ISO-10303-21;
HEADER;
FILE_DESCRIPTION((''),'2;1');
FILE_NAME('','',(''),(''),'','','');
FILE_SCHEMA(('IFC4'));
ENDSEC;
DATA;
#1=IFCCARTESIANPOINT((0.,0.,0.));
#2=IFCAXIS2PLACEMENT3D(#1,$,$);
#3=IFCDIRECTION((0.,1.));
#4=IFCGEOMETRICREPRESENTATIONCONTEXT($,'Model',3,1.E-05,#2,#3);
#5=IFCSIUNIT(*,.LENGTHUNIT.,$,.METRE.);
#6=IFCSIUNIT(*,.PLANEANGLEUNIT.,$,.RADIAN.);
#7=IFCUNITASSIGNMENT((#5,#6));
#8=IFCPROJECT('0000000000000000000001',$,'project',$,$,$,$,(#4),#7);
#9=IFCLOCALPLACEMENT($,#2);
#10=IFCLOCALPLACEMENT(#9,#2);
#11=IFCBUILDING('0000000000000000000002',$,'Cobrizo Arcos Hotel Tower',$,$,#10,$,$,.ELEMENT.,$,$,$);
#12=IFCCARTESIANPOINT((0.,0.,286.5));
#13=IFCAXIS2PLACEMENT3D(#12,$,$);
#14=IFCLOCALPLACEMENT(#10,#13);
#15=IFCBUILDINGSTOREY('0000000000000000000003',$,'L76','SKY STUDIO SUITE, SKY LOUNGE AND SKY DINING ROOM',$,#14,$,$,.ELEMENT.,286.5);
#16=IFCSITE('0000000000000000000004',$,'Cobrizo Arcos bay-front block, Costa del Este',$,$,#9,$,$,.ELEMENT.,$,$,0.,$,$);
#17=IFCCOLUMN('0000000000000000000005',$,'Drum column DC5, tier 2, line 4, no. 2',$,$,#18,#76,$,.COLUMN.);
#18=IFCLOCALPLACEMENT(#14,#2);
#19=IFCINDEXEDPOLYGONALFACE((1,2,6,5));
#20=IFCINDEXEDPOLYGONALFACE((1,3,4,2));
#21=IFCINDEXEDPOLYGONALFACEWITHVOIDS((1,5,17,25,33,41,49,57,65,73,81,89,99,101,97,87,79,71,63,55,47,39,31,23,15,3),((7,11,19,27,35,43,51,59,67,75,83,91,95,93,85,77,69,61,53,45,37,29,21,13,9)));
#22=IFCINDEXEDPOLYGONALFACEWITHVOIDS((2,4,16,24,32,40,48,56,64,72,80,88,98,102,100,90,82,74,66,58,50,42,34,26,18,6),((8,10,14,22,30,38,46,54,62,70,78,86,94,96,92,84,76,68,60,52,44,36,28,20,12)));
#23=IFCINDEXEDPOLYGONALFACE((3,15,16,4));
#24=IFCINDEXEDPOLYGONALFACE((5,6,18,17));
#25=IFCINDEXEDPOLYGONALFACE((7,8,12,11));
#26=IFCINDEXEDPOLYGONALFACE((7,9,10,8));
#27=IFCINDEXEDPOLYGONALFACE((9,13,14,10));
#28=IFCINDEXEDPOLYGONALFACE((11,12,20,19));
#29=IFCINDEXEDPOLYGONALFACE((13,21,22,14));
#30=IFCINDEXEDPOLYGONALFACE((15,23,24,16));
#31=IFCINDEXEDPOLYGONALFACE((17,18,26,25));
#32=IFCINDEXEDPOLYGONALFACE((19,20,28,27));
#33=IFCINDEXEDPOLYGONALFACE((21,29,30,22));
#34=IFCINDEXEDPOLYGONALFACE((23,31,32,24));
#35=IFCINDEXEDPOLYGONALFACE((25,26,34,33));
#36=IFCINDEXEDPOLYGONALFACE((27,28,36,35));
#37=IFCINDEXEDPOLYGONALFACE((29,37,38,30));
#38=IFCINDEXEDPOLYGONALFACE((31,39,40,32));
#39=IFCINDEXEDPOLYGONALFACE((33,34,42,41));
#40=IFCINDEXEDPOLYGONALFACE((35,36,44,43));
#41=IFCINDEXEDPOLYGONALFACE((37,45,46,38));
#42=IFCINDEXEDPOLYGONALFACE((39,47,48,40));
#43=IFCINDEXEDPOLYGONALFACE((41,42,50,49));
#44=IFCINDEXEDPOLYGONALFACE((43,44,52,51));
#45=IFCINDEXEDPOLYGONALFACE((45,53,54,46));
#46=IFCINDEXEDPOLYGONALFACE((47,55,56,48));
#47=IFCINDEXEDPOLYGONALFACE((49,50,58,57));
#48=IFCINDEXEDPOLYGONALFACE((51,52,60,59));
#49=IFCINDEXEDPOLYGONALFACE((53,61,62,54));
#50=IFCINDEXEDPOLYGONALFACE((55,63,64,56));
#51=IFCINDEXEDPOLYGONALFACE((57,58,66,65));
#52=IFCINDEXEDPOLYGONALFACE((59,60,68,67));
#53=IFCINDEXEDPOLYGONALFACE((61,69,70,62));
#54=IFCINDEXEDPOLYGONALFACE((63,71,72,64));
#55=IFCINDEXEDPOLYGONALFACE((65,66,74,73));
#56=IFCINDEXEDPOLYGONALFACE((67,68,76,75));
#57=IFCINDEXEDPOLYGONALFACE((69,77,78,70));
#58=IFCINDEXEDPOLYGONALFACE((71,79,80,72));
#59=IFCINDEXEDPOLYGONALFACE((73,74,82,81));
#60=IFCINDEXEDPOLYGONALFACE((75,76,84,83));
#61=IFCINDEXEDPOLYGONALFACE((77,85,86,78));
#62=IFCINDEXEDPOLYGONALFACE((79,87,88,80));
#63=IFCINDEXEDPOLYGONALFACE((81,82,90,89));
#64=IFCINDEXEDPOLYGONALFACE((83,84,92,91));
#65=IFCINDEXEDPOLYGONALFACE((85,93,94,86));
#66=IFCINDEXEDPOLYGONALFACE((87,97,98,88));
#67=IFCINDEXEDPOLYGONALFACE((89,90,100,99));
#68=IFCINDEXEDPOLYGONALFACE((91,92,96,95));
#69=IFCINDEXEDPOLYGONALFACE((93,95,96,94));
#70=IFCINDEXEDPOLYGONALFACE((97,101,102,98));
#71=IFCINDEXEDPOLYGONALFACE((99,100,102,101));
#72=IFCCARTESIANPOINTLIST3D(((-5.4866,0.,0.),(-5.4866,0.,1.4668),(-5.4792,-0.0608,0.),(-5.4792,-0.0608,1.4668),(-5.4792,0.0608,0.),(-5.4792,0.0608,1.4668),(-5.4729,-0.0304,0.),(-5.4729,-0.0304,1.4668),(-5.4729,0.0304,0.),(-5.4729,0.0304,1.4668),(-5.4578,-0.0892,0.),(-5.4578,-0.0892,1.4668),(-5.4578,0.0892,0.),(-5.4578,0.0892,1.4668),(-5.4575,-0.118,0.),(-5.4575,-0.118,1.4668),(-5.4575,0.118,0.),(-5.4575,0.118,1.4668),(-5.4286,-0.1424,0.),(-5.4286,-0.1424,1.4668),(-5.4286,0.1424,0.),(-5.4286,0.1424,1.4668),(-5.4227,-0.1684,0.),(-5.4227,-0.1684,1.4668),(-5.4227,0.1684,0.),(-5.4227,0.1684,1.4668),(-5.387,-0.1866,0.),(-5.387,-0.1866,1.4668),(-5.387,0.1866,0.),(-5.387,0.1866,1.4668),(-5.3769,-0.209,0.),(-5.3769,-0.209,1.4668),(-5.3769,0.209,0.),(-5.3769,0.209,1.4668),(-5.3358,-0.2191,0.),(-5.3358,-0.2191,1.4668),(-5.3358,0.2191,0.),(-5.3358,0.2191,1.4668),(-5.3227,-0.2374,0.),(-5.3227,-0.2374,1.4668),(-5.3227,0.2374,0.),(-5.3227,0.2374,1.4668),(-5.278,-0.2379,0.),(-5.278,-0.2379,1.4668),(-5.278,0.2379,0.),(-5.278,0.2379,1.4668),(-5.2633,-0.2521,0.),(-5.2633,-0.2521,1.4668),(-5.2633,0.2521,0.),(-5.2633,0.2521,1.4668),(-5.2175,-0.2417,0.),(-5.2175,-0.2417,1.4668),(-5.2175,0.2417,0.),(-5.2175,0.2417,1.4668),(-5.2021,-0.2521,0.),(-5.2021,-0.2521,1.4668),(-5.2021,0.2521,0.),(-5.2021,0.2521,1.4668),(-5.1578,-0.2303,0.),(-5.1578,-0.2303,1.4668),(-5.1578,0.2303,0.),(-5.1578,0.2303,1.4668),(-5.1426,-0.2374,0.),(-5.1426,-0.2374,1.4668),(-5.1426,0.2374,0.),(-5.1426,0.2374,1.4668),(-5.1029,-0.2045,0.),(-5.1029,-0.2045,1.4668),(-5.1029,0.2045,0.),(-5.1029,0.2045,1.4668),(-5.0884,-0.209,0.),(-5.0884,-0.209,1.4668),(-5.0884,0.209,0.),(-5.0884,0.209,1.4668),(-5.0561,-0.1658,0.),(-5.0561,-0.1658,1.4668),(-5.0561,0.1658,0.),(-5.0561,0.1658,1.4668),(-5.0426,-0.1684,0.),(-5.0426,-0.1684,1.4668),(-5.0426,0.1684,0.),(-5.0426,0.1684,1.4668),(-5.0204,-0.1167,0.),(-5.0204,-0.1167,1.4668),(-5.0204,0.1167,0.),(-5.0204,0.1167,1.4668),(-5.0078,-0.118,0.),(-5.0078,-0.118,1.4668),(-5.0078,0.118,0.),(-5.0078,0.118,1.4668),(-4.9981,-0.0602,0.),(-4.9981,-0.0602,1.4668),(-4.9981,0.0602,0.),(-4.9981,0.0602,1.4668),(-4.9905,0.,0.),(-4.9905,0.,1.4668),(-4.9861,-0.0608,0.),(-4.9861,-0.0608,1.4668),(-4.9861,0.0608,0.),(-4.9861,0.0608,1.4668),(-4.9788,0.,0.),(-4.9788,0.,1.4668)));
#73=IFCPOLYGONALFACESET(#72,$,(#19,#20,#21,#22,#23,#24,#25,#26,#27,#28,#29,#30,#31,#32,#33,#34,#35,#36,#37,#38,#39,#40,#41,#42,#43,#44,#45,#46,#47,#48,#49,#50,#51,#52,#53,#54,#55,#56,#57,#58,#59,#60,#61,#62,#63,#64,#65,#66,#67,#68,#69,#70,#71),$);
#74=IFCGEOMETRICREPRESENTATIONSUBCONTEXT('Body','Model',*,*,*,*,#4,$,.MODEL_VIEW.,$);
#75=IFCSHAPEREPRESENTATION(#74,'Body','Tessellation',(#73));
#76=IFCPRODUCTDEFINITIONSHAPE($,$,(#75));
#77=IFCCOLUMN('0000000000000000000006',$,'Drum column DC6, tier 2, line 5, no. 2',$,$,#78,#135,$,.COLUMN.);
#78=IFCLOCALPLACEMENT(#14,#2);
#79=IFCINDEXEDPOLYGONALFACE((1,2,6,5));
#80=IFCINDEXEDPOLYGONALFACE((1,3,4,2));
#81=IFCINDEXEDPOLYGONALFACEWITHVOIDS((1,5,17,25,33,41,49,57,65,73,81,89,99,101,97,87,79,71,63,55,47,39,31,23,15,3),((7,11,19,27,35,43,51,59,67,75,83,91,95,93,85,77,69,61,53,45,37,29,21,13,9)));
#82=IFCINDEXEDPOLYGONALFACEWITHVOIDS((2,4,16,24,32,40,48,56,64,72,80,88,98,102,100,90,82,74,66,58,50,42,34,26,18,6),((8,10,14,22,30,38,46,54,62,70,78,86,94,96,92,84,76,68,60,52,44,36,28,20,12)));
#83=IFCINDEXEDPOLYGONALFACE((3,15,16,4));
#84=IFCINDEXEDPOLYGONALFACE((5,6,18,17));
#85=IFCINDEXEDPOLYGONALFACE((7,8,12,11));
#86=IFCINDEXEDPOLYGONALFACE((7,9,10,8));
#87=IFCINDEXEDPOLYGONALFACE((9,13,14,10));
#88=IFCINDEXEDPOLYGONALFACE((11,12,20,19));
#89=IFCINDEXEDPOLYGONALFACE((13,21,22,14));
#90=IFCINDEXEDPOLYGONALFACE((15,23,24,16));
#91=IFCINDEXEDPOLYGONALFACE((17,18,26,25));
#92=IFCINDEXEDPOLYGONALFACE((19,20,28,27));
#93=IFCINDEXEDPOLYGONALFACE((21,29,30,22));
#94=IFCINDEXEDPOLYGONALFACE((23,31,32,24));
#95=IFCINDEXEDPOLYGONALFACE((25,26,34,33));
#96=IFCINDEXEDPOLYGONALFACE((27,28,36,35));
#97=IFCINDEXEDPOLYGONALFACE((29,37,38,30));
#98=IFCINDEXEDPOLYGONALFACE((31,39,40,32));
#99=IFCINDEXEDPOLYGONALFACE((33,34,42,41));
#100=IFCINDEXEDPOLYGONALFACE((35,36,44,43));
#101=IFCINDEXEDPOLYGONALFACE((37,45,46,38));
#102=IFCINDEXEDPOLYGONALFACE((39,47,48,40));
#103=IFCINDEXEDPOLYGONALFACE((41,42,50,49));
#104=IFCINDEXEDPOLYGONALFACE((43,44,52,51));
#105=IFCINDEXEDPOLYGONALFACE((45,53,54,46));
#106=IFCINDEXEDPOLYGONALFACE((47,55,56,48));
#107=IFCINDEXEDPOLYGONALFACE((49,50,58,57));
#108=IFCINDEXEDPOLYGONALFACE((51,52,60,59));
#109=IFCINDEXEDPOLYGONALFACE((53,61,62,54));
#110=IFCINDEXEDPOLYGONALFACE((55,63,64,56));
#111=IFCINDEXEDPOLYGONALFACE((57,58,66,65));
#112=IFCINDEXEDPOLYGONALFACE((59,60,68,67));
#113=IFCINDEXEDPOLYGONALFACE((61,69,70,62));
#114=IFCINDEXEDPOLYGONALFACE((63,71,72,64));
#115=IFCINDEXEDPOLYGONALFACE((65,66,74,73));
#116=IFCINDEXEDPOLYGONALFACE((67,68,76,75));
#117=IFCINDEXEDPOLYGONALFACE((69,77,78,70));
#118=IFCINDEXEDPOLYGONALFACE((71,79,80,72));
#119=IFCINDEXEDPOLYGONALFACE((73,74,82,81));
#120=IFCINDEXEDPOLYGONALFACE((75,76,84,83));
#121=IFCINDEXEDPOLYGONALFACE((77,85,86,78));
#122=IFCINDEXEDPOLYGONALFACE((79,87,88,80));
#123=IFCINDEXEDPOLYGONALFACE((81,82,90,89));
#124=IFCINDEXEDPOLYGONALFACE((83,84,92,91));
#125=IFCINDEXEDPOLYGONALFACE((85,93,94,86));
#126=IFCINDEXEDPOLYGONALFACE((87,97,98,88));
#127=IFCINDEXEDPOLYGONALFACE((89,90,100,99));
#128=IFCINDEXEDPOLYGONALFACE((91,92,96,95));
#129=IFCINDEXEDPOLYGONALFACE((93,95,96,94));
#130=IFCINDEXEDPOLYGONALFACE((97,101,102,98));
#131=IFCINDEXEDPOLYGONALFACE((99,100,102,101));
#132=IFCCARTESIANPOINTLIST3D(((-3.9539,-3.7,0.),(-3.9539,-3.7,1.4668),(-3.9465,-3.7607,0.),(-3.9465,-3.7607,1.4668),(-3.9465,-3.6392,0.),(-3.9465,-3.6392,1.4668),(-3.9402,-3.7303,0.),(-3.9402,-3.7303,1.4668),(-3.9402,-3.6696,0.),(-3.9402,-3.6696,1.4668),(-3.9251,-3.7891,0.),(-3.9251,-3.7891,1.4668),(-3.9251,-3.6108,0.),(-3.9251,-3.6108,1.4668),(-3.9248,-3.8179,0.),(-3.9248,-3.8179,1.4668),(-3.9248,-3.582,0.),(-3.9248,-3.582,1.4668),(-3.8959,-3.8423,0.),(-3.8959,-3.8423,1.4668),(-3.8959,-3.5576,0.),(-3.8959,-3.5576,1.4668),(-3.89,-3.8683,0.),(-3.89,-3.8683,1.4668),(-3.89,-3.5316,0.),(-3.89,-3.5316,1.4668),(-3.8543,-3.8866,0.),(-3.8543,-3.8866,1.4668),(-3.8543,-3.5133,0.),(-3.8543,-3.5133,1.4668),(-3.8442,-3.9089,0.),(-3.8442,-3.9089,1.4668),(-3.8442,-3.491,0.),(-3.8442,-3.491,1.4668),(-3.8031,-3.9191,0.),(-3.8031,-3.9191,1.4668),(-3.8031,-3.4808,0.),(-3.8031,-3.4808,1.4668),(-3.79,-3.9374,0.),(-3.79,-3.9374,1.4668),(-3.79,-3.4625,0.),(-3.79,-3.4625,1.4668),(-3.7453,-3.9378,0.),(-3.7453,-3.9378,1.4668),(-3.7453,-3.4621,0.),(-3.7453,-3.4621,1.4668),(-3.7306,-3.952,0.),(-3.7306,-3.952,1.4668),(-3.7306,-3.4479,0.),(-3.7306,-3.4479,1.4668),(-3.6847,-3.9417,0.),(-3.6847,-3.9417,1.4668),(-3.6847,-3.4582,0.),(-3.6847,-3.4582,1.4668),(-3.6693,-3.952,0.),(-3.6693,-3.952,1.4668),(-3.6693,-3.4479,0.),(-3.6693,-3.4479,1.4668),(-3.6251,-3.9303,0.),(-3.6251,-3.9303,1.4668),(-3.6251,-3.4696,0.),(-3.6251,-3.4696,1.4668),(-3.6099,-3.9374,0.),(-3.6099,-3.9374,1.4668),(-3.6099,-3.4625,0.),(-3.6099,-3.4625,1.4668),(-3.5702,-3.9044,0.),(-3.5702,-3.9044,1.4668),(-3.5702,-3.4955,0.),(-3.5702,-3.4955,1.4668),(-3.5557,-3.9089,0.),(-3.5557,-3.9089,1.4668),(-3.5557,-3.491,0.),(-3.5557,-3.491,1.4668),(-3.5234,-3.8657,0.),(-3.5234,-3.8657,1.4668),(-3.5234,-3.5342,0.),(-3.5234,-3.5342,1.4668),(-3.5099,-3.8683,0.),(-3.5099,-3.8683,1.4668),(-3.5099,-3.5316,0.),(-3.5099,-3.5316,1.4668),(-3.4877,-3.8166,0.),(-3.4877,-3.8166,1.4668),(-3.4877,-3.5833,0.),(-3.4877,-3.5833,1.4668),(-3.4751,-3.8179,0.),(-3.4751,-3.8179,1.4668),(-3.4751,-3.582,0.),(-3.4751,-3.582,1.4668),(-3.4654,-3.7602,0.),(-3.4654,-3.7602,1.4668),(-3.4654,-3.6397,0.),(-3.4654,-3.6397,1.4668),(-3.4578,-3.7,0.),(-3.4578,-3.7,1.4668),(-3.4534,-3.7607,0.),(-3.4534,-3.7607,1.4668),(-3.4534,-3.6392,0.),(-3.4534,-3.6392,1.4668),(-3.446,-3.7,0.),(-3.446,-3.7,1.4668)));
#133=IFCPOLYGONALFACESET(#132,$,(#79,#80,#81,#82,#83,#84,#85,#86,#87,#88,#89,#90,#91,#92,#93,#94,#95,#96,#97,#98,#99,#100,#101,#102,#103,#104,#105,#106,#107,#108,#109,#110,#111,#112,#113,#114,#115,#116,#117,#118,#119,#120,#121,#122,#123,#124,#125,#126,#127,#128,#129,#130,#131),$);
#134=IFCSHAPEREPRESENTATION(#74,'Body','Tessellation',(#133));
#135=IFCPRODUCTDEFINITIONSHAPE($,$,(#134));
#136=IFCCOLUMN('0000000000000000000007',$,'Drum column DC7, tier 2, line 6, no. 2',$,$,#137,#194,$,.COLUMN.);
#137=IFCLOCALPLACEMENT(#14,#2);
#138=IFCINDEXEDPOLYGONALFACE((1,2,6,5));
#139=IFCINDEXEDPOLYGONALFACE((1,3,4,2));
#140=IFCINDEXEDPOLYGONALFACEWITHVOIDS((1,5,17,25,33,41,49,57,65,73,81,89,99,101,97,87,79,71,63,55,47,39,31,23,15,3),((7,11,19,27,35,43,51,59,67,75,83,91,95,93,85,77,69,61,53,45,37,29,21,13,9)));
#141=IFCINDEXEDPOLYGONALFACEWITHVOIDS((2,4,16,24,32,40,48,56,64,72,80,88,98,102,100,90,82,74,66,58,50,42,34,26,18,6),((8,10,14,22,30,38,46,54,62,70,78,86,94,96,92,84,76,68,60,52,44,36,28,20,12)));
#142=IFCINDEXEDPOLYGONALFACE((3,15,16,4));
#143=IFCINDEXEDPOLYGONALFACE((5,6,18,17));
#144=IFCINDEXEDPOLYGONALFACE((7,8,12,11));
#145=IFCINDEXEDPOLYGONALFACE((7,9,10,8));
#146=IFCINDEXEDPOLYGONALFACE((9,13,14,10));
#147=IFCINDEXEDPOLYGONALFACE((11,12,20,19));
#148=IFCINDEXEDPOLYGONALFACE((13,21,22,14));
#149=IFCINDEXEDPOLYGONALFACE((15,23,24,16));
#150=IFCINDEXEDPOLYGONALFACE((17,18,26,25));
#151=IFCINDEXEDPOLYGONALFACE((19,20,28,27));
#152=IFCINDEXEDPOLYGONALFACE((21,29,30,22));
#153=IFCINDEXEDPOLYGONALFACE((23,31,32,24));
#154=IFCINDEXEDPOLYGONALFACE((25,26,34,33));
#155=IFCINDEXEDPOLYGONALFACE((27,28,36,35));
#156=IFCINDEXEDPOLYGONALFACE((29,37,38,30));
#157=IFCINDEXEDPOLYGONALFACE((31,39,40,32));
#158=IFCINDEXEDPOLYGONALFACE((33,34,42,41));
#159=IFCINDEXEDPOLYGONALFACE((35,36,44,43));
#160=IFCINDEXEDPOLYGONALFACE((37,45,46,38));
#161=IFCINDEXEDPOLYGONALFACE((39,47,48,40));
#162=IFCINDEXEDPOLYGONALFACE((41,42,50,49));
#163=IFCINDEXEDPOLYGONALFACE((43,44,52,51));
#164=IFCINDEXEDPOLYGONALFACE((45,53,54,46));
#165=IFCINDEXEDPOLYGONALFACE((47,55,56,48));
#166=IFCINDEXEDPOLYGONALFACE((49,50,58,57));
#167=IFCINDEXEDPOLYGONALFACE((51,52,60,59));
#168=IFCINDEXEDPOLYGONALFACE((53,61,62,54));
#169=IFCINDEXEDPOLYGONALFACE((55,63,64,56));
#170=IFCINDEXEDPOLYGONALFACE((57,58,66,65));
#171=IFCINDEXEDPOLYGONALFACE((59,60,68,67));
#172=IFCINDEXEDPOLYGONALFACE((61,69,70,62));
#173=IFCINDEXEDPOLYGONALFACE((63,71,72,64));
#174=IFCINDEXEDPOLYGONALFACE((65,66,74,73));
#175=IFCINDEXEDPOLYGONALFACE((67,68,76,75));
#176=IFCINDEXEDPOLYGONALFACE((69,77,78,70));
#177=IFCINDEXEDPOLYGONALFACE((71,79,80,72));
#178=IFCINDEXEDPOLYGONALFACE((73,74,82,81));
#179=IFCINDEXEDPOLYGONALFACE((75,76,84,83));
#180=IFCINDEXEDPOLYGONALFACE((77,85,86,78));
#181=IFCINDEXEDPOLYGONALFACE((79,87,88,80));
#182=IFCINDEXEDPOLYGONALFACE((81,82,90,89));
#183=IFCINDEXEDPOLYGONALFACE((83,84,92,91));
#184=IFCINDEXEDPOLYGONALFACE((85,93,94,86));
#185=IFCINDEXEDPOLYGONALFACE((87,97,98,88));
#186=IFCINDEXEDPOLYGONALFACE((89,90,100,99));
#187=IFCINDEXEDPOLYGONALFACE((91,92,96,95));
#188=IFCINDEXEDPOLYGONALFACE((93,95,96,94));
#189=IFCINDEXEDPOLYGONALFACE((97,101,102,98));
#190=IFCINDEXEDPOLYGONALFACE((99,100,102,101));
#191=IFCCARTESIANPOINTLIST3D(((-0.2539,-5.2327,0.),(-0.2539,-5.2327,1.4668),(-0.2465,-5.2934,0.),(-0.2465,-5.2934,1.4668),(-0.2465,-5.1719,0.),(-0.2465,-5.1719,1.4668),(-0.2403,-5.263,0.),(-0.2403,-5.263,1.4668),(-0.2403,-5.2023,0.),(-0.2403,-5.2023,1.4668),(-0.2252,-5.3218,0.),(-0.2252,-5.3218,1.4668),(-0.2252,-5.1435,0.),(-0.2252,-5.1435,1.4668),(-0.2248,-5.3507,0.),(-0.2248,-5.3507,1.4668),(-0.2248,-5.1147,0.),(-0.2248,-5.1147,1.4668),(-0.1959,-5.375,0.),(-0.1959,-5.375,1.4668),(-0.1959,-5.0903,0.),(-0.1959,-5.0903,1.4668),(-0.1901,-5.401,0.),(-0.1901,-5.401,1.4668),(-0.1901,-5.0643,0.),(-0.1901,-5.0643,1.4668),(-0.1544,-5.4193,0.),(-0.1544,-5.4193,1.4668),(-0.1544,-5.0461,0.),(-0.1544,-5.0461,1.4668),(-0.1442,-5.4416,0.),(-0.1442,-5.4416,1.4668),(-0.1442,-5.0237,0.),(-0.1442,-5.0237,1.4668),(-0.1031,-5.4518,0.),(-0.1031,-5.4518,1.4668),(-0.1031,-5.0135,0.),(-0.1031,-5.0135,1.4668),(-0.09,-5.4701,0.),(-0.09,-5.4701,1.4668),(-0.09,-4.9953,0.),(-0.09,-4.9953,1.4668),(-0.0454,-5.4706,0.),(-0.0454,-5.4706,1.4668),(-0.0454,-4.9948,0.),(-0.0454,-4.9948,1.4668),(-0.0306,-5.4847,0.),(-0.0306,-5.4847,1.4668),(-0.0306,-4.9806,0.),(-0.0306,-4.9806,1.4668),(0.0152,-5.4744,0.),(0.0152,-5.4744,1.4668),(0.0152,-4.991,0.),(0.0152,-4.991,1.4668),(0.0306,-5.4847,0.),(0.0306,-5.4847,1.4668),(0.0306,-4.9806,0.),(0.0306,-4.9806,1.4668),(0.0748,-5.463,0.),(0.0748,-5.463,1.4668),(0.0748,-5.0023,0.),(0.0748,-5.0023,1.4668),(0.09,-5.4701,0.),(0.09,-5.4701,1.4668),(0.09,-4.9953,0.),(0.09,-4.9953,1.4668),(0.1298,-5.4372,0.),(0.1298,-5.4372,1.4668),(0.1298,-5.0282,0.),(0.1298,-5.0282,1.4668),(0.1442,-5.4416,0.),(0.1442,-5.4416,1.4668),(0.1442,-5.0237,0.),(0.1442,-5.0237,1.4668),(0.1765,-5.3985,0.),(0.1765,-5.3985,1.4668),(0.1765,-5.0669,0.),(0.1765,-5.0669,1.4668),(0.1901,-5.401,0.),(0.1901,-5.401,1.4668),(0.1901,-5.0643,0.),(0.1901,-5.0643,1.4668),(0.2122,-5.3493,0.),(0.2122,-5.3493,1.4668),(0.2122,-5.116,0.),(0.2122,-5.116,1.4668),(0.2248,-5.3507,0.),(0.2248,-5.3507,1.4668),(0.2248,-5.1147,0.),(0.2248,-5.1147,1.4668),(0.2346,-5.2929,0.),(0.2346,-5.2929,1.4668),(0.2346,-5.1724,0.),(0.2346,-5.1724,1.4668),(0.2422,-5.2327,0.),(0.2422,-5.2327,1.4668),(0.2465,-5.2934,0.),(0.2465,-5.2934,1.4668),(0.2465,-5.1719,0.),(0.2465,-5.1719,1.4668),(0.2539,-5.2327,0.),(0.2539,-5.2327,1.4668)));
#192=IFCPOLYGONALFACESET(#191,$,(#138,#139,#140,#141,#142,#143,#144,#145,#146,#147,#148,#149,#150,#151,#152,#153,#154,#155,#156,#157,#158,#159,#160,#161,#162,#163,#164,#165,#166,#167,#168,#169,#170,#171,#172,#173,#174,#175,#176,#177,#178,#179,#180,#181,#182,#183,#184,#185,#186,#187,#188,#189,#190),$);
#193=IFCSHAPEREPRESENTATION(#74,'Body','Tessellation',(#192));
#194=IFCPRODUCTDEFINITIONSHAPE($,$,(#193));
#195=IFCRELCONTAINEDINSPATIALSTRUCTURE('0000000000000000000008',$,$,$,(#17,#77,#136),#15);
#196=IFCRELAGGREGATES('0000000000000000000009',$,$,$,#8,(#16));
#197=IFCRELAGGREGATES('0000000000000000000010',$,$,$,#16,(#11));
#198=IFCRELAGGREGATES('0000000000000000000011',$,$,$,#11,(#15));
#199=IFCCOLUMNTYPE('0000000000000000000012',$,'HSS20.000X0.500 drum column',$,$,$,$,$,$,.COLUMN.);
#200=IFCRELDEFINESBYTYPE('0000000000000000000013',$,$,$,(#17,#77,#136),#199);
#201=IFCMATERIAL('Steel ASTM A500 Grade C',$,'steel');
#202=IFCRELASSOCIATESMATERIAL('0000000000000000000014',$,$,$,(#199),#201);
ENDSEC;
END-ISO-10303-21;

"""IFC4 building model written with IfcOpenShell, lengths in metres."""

from ifc_helpers import new_model, si_unit, direction, frame, origin, origin_2d, place, context, subcontext, project, spatial, hollow_circle, extrude, material, material_profile, profile_set, type_object, element, save


model = new_model("IFC4")

# Units and contexts
model_context = context("Model", 3, precision=1e-05, world=origin(), true_north=direction((0.0, 1.0)))
body_context = subcontext(model_context, "Body", "Model", "MODEL_VIEW")
ifc_project = project(units=[si_unit("LENGTHUNIT", "METRE"), si_unit("PLANEANGLEUNIT", "RADIAN")], contexts=[model_context])

# Site, building, storey
site_placement = place(None, origin())
site = spatial("IfcSite", under=ifc_project, at=site_placement, Name="Cobrizo Arcos bay-front block, Costa del Este", CompositionType="ELEMENT", RefElevation=0.0)
building_placement = place(site_placement, origin())
building = spatial("IfcBuilding", under=site, at=building_placement, Name="Cobrizo Arcos Hotel Tower", CompositionType="ELEMENT")
storey_placement = place(building_placement, frame((0.0, 0.0, 286.5)))
storey = spatial("IfcBuildingStorey", under=building, at=storey_placement, Name="L76", Description="SKY STUDIO SUITE, SKY LOUNGE AND SKY DINING ROOM", CompositionType="ELEMENT", Elevation=286.5)

# Columns
ifc_material_1 = material(Name="Steel ASTM A500 Grade C", Category="steel")
ifc_material_profile_1 = material_profile(ifc_material_1, hollow_circle(Radius=0.2539, WallThickness=0.0117, at=origin_2d()), Name="HSS20.000X0.500")
ifc_profile_set_1 = profile_set([ifc_material_profile_1], Name="Steel ASTM A500 Grade C")
column_type = type_object("IfcColumnType", Name="HSS20.000X0.500 drum column", PredefinedType="COLUMN", material=ifc_profile_set_1)
for number, where, z_axis, x_axis, name in (
    (1, (-5.2327, 0.0, 0.0), (0.0, 0.0, 1.0), (1.0, 0.0, 0.0), "Drum column DC5, tier 2, line 4, no. 2"),
    (2, (-3.7, -3.7, 0.0), (0.0, 0.0, 1.0), (1.0, 0.0, 0.0), "Drum column DC6, tier 2, line 5, no. 2"),
    (3, (0.0, -5.2327, 0.0), (0.0, 0.0, 1.0), (1.0, 0.0, 0.0), "Drum column DC7, tier 2, line 6, no. 2"),
):
    element("IfcColumn", number, at=place(storey_placement, frame(where, z_axis=z_axis, x_axis=x_axis)), inside=storey, type_object=column_type, Name=name, PredefinedType="COLUMN", context=body_context, shape_type="SweptSolid", body=[
        extrude(hollow_circle(Radius=0.2539, WallThickness=0.0117, at=origin_2d()), origin(), (0.0, 0.0, 1.0), 1.4668),
    ])

save(model, "model.ifc")
